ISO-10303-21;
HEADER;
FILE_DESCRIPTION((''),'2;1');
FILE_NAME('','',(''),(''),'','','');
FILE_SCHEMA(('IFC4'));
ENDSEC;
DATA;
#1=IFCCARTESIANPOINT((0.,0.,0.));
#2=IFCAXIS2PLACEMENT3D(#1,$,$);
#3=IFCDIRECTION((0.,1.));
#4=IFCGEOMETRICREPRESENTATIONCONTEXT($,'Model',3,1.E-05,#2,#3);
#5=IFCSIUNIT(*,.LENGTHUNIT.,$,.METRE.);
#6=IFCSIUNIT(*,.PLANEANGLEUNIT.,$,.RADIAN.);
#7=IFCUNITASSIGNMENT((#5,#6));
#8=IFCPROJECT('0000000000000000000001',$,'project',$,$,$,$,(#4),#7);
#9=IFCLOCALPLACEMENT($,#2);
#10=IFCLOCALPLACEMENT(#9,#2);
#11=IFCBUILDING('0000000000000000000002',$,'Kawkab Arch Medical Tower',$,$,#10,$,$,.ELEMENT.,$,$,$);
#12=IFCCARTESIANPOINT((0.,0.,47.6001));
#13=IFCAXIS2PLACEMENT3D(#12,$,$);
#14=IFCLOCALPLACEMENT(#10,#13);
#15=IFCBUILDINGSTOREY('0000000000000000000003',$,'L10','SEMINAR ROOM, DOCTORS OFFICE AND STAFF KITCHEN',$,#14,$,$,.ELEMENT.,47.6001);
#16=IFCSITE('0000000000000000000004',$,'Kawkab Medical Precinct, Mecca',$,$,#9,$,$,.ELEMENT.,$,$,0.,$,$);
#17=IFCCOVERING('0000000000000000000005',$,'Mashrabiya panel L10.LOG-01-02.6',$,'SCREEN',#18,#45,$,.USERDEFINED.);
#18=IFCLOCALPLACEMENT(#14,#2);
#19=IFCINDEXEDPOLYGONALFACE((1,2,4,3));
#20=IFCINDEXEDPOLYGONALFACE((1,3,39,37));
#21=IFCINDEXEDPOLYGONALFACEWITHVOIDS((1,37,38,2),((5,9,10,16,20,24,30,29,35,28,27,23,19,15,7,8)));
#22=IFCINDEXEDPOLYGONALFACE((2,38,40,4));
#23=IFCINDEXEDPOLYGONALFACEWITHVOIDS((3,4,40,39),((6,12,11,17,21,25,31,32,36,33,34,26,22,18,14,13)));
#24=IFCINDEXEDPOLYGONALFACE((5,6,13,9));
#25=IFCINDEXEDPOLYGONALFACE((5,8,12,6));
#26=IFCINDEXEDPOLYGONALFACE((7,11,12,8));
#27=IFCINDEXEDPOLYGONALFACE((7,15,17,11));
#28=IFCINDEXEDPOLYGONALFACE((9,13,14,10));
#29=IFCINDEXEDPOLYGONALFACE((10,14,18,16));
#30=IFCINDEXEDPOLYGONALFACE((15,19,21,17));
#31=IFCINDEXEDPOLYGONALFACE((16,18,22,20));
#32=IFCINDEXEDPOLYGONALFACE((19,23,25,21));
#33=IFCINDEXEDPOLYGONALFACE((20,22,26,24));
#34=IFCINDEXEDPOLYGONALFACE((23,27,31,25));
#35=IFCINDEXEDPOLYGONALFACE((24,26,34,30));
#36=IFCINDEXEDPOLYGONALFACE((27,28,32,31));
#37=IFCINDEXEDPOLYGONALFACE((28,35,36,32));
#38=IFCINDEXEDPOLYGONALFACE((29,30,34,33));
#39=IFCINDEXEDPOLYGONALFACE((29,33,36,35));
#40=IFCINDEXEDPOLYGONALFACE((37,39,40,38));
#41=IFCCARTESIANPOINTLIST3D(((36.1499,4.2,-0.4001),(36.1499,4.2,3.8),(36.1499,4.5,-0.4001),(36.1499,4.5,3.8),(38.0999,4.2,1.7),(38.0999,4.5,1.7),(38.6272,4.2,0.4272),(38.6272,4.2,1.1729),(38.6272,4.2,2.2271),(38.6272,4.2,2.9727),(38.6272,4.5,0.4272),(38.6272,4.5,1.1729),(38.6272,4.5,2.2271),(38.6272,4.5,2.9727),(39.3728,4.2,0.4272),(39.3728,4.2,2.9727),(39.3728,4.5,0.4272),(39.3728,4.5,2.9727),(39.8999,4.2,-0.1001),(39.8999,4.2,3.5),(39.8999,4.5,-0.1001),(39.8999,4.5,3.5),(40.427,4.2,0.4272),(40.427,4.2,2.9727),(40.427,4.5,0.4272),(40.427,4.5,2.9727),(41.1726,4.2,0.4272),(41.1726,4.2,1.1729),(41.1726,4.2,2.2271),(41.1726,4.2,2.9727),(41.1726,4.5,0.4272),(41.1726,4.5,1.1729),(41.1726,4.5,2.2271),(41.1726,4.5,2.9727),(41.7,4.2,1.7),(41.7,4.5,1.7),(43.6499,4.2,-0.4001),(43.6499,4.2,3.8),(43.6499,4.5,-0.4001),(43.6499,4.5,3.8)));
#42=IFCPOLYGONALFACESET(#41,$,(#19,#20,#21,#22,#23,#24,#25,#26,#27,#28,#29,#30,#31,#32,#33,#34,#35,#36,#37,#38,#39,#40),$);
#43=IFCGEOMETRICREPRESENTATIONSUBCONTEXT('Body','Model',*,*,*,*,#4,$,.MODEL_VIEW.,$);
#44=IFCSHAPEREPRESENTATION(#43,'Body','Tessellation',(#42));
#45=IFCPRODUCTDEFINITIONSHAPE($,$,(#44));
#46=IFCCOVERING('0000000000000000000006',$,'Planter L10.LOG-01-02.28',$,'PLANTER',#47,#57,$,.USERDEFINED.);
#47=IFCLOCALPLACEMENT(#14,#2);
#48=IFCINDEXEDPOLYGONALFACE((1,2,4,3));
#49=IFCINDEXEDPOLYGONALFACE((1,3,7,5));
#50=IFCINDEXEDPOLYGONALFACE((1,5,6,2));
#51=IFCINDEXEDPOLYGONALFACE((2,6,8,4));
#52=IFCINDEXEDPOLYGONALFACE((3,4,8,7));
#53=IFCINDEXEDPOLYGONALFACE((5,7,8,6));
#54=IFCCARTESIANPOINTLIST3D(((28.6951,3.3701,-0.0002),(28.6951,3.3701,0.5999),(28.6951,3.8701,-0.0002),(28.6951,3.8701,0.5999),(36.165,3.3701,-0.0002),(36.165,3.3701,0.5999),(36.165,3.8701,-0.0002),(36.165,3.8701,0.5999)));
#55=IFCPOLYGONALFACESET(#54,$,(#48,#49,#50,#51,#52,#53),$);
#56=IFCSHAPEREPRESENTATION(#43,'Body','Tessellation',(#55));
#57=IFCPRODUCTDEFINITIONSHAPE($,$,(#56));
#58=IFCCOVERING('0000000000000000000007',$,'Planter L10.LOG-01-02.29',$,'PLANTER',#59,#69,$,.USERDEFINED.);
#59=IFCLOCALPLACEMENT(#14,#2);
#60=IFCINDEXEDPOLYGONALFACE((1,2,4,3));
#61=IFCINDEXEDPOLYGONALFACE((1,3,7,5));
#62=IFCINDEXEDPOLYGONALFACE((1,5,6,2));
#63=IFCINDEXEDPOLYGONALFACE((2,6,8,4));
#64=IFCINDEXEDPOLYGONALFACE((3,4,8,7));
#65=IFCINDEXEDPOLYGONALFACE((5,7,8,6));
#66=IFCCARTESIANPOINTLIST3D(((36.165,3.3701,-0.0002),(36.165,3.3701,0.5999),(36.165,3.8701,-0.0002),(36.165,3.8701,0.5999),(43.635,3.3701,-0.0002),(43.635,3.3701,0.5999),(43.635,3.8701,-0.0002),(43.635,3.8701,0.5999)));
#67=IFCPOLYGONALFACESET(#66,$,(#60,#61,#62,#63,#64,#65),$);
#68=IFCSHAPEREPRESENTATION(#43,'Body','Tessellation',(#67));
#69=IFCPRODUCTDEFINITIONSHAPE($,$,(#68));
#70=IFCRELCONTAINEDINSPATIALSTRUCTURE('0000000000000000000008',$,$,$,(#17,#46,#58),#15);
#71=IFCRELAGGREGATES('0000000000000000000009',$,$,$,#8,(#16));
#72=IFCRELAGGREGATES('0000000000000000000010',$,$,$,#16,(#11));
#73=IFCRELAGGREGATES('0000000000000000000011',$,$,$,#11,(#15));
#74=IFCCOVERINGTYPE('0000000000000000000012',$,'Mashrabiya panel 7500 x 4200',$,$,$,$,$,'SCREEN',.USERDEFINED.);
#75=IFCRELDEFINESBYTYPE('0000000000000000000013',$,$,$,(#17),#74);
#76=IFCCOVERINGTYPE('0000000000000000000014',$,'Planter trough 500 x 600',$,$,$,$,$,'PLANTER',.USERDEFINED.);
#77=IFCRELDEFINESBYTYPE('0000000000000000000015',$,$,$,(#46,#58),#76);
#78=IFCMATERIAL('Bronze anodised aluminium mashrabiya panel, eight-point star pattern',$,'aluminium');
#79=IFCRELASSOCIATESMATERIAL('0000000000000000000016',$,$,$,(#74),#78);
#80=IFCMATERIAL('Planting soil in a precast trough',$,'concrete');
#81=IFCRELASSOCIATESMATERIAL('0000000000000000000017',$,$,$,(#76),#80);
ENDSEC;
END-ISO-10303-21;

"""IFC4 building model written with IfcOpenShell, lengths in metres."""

from ifc_helpers import new_model, si_unit, direction, frame, origin, origin_2d, place, context, subcontext, project, spatial, polyline, rectangle, outline, extrude, material, material_profile, profile_set, type_object, element, save


model = new_model("IFC4")

# Units and contexts
model_context = context("Model", 3, precision=1e-05, world=origin(), true_north=direction((0.0, 1.0)))
body_context = subcontext(model_context, "Body", "Model", "MODEL_VIEW")
ifc_project = project(units=[si_unit("LENGTHUNIT", "METRE"), si_unit("PLANEANGLEUNIT", "RADIAN")], contexts=[model_context])

# Site, building, storey
site_placement = place(None, origin())
site = spatial("IfcSite", under=ifc_project, at=site_placement, Name="Kawkab Medical Precinct, Mecca", CompositionType="ELEMENT", RefElevation=0.0)
building_placement = place(site_placement, origin())
building = spatial("IfcBuilding", under=site, at=building_placement, Name="Kawkab Arch Medical Tower", CompositionType="ELEMENT")
storey_placement = place(building_placement, frame((0.0, 0.0, 47.6001)))
storey = spatial("IfcBuildingStorey", under=building, at=storey_placement, Name="L10", Description="SEMINAR ROOM, DOCTORS OFFICE AND STAFF KITCHEN", CompositionType="ELEMENT", Elevation=47.6001)

# Coverings
ifc_material_1 = material(Name="Bronze anodised aluminium mashrabiya panel, eight-point star pattern", Category="aluminium")
ifc_material_profile_1 = material_profile(ifc_material_1, outline(polyline([(-3.75, -2.1001), (3.75, -2.1001), (3.75, 2.1001), (-3.75, 2.1001), (-3.75, -2.1001)]), holes=[polyline([(1.8, 0.0), (1.2727, 0.5271), (1.2727, 1.2727), (0.5271, 1.2727), (0.0, 1.8), (-0.5271, 1.2727), (-1.2727, 1.2727), (-1.2727, 0.5271), (-1.8, 0.0), (-1.2727, -0.5271), (-1.2727, -1.2727), (-0.5271, -1.2727), (0.0, -1.8), (0.5271, -1.2727), (1.2727, -1.2727), (1.2727, -0.5271), (1.8, 0.0)])]), Name="Mashrabiya panel 7500x4200")
ifc_profile_set_1 = profile_set([ifc_material_profile_1], Name="Bronze anodised aluminium mashrabiya panel, eight-point star pattern")
covering_type_1 = type_object("IfcCoveringType", Name="Mashrabiya panel 7500 x 4200", ElementType="SCREEN", PredefinedType="USERDEFINED", material=ifc_profile_set_1)
covering_placement = place(storey_placement, frame((39.8999, 4.2, 1.7), z_axis=(0.0, 1.0, 0.0), x_axis=(-1.0, 0.0, 0.0)))
element("IfcCovering", 1, at=covering_placement, inside=storey, type_object=covering_type_1, Name="Mashrabiya panel L10.LOG-01-02.6", ObjectType="SCREEN", PredefinedType="USERDEFINED", context=body_context, shape_type="SweptSolid", body=[
    extrude(outline(polyline([(-3.75, -2.1001), (3.75, -2.1001), (3.75, 2.1001), (-3.75, 2.1001), (-3.75, -2.1001)]), holes=[polyline([(1.8, 0.0), (1.2727, 0.5271), (1.2727, 1.2727), (0.5271, 1.2727), (0.0, 1.8), (-0.5271, 1.2727), (-1.2727, 1.2727), (-1.2727, 0.5271), (-1.8, 0.0), (-1.2727, -0.5271), (-1.2727, -1.2727), (-0.5271, -1.2727), (0.0, -1.8), (0.5271, -1.2727), (1.2727, -1.2727), (1.2727, -0.5271), (1.8, 0.0)])]), origin(), (0.0, 0.0, 1.0), 0.3),
])
ifc_material_2 = material(Name="Planting soil in a precast trough", Category="concrete")
ifc_material_profile_2 = material_profile(ifc_material_2, rectangle(XDim=0.5, YDim=0.6001, at=origin_2d()), Name="Trough 500x600")
ifc_profile_set_2 = profile_set([ifc_material_profile_2], Name="Planting soil in a precast trough")
covering_type_2 = type_object("IfcCoveringType", Name="Planter trough 500 x 600", ElementType="PLANTER", PredefinedType="USERDEFINED", material=ifc_profile_set_2)
for number, where, z_axis, x_axis, name in (
    (2, (28.6951, 3.6201, 0.2998), (1.0, 0.0, 0.0), (0.0, 1.0, 0.0), "Planter L10.LOG-01-02.28"),
    (3, (36.165, 3.6201, 0.2998), (1.0, 0.0, 0.0), (0.0, 1.0, 0.0), "Planter L10.LOG-01-02.29"),
):
    element("IfcCovering", number, at=place(storey_placement, frame(where, z_axis=z_axis, x_axis=x_axis)), inside=storey, type_object=covering_type_2, Name=name, ObjectType="PLANTER", PredefinedType="USERDEFINED", context=body_context, shape_type="SweptSolid", body=[
        extrude(rectangle(XDim=0.5, YDim=0.6001, at=origin_2d()), origin(), (0.0, 0.0, 1.0), 7.47),
    ])

save(model, "model.ifc")
